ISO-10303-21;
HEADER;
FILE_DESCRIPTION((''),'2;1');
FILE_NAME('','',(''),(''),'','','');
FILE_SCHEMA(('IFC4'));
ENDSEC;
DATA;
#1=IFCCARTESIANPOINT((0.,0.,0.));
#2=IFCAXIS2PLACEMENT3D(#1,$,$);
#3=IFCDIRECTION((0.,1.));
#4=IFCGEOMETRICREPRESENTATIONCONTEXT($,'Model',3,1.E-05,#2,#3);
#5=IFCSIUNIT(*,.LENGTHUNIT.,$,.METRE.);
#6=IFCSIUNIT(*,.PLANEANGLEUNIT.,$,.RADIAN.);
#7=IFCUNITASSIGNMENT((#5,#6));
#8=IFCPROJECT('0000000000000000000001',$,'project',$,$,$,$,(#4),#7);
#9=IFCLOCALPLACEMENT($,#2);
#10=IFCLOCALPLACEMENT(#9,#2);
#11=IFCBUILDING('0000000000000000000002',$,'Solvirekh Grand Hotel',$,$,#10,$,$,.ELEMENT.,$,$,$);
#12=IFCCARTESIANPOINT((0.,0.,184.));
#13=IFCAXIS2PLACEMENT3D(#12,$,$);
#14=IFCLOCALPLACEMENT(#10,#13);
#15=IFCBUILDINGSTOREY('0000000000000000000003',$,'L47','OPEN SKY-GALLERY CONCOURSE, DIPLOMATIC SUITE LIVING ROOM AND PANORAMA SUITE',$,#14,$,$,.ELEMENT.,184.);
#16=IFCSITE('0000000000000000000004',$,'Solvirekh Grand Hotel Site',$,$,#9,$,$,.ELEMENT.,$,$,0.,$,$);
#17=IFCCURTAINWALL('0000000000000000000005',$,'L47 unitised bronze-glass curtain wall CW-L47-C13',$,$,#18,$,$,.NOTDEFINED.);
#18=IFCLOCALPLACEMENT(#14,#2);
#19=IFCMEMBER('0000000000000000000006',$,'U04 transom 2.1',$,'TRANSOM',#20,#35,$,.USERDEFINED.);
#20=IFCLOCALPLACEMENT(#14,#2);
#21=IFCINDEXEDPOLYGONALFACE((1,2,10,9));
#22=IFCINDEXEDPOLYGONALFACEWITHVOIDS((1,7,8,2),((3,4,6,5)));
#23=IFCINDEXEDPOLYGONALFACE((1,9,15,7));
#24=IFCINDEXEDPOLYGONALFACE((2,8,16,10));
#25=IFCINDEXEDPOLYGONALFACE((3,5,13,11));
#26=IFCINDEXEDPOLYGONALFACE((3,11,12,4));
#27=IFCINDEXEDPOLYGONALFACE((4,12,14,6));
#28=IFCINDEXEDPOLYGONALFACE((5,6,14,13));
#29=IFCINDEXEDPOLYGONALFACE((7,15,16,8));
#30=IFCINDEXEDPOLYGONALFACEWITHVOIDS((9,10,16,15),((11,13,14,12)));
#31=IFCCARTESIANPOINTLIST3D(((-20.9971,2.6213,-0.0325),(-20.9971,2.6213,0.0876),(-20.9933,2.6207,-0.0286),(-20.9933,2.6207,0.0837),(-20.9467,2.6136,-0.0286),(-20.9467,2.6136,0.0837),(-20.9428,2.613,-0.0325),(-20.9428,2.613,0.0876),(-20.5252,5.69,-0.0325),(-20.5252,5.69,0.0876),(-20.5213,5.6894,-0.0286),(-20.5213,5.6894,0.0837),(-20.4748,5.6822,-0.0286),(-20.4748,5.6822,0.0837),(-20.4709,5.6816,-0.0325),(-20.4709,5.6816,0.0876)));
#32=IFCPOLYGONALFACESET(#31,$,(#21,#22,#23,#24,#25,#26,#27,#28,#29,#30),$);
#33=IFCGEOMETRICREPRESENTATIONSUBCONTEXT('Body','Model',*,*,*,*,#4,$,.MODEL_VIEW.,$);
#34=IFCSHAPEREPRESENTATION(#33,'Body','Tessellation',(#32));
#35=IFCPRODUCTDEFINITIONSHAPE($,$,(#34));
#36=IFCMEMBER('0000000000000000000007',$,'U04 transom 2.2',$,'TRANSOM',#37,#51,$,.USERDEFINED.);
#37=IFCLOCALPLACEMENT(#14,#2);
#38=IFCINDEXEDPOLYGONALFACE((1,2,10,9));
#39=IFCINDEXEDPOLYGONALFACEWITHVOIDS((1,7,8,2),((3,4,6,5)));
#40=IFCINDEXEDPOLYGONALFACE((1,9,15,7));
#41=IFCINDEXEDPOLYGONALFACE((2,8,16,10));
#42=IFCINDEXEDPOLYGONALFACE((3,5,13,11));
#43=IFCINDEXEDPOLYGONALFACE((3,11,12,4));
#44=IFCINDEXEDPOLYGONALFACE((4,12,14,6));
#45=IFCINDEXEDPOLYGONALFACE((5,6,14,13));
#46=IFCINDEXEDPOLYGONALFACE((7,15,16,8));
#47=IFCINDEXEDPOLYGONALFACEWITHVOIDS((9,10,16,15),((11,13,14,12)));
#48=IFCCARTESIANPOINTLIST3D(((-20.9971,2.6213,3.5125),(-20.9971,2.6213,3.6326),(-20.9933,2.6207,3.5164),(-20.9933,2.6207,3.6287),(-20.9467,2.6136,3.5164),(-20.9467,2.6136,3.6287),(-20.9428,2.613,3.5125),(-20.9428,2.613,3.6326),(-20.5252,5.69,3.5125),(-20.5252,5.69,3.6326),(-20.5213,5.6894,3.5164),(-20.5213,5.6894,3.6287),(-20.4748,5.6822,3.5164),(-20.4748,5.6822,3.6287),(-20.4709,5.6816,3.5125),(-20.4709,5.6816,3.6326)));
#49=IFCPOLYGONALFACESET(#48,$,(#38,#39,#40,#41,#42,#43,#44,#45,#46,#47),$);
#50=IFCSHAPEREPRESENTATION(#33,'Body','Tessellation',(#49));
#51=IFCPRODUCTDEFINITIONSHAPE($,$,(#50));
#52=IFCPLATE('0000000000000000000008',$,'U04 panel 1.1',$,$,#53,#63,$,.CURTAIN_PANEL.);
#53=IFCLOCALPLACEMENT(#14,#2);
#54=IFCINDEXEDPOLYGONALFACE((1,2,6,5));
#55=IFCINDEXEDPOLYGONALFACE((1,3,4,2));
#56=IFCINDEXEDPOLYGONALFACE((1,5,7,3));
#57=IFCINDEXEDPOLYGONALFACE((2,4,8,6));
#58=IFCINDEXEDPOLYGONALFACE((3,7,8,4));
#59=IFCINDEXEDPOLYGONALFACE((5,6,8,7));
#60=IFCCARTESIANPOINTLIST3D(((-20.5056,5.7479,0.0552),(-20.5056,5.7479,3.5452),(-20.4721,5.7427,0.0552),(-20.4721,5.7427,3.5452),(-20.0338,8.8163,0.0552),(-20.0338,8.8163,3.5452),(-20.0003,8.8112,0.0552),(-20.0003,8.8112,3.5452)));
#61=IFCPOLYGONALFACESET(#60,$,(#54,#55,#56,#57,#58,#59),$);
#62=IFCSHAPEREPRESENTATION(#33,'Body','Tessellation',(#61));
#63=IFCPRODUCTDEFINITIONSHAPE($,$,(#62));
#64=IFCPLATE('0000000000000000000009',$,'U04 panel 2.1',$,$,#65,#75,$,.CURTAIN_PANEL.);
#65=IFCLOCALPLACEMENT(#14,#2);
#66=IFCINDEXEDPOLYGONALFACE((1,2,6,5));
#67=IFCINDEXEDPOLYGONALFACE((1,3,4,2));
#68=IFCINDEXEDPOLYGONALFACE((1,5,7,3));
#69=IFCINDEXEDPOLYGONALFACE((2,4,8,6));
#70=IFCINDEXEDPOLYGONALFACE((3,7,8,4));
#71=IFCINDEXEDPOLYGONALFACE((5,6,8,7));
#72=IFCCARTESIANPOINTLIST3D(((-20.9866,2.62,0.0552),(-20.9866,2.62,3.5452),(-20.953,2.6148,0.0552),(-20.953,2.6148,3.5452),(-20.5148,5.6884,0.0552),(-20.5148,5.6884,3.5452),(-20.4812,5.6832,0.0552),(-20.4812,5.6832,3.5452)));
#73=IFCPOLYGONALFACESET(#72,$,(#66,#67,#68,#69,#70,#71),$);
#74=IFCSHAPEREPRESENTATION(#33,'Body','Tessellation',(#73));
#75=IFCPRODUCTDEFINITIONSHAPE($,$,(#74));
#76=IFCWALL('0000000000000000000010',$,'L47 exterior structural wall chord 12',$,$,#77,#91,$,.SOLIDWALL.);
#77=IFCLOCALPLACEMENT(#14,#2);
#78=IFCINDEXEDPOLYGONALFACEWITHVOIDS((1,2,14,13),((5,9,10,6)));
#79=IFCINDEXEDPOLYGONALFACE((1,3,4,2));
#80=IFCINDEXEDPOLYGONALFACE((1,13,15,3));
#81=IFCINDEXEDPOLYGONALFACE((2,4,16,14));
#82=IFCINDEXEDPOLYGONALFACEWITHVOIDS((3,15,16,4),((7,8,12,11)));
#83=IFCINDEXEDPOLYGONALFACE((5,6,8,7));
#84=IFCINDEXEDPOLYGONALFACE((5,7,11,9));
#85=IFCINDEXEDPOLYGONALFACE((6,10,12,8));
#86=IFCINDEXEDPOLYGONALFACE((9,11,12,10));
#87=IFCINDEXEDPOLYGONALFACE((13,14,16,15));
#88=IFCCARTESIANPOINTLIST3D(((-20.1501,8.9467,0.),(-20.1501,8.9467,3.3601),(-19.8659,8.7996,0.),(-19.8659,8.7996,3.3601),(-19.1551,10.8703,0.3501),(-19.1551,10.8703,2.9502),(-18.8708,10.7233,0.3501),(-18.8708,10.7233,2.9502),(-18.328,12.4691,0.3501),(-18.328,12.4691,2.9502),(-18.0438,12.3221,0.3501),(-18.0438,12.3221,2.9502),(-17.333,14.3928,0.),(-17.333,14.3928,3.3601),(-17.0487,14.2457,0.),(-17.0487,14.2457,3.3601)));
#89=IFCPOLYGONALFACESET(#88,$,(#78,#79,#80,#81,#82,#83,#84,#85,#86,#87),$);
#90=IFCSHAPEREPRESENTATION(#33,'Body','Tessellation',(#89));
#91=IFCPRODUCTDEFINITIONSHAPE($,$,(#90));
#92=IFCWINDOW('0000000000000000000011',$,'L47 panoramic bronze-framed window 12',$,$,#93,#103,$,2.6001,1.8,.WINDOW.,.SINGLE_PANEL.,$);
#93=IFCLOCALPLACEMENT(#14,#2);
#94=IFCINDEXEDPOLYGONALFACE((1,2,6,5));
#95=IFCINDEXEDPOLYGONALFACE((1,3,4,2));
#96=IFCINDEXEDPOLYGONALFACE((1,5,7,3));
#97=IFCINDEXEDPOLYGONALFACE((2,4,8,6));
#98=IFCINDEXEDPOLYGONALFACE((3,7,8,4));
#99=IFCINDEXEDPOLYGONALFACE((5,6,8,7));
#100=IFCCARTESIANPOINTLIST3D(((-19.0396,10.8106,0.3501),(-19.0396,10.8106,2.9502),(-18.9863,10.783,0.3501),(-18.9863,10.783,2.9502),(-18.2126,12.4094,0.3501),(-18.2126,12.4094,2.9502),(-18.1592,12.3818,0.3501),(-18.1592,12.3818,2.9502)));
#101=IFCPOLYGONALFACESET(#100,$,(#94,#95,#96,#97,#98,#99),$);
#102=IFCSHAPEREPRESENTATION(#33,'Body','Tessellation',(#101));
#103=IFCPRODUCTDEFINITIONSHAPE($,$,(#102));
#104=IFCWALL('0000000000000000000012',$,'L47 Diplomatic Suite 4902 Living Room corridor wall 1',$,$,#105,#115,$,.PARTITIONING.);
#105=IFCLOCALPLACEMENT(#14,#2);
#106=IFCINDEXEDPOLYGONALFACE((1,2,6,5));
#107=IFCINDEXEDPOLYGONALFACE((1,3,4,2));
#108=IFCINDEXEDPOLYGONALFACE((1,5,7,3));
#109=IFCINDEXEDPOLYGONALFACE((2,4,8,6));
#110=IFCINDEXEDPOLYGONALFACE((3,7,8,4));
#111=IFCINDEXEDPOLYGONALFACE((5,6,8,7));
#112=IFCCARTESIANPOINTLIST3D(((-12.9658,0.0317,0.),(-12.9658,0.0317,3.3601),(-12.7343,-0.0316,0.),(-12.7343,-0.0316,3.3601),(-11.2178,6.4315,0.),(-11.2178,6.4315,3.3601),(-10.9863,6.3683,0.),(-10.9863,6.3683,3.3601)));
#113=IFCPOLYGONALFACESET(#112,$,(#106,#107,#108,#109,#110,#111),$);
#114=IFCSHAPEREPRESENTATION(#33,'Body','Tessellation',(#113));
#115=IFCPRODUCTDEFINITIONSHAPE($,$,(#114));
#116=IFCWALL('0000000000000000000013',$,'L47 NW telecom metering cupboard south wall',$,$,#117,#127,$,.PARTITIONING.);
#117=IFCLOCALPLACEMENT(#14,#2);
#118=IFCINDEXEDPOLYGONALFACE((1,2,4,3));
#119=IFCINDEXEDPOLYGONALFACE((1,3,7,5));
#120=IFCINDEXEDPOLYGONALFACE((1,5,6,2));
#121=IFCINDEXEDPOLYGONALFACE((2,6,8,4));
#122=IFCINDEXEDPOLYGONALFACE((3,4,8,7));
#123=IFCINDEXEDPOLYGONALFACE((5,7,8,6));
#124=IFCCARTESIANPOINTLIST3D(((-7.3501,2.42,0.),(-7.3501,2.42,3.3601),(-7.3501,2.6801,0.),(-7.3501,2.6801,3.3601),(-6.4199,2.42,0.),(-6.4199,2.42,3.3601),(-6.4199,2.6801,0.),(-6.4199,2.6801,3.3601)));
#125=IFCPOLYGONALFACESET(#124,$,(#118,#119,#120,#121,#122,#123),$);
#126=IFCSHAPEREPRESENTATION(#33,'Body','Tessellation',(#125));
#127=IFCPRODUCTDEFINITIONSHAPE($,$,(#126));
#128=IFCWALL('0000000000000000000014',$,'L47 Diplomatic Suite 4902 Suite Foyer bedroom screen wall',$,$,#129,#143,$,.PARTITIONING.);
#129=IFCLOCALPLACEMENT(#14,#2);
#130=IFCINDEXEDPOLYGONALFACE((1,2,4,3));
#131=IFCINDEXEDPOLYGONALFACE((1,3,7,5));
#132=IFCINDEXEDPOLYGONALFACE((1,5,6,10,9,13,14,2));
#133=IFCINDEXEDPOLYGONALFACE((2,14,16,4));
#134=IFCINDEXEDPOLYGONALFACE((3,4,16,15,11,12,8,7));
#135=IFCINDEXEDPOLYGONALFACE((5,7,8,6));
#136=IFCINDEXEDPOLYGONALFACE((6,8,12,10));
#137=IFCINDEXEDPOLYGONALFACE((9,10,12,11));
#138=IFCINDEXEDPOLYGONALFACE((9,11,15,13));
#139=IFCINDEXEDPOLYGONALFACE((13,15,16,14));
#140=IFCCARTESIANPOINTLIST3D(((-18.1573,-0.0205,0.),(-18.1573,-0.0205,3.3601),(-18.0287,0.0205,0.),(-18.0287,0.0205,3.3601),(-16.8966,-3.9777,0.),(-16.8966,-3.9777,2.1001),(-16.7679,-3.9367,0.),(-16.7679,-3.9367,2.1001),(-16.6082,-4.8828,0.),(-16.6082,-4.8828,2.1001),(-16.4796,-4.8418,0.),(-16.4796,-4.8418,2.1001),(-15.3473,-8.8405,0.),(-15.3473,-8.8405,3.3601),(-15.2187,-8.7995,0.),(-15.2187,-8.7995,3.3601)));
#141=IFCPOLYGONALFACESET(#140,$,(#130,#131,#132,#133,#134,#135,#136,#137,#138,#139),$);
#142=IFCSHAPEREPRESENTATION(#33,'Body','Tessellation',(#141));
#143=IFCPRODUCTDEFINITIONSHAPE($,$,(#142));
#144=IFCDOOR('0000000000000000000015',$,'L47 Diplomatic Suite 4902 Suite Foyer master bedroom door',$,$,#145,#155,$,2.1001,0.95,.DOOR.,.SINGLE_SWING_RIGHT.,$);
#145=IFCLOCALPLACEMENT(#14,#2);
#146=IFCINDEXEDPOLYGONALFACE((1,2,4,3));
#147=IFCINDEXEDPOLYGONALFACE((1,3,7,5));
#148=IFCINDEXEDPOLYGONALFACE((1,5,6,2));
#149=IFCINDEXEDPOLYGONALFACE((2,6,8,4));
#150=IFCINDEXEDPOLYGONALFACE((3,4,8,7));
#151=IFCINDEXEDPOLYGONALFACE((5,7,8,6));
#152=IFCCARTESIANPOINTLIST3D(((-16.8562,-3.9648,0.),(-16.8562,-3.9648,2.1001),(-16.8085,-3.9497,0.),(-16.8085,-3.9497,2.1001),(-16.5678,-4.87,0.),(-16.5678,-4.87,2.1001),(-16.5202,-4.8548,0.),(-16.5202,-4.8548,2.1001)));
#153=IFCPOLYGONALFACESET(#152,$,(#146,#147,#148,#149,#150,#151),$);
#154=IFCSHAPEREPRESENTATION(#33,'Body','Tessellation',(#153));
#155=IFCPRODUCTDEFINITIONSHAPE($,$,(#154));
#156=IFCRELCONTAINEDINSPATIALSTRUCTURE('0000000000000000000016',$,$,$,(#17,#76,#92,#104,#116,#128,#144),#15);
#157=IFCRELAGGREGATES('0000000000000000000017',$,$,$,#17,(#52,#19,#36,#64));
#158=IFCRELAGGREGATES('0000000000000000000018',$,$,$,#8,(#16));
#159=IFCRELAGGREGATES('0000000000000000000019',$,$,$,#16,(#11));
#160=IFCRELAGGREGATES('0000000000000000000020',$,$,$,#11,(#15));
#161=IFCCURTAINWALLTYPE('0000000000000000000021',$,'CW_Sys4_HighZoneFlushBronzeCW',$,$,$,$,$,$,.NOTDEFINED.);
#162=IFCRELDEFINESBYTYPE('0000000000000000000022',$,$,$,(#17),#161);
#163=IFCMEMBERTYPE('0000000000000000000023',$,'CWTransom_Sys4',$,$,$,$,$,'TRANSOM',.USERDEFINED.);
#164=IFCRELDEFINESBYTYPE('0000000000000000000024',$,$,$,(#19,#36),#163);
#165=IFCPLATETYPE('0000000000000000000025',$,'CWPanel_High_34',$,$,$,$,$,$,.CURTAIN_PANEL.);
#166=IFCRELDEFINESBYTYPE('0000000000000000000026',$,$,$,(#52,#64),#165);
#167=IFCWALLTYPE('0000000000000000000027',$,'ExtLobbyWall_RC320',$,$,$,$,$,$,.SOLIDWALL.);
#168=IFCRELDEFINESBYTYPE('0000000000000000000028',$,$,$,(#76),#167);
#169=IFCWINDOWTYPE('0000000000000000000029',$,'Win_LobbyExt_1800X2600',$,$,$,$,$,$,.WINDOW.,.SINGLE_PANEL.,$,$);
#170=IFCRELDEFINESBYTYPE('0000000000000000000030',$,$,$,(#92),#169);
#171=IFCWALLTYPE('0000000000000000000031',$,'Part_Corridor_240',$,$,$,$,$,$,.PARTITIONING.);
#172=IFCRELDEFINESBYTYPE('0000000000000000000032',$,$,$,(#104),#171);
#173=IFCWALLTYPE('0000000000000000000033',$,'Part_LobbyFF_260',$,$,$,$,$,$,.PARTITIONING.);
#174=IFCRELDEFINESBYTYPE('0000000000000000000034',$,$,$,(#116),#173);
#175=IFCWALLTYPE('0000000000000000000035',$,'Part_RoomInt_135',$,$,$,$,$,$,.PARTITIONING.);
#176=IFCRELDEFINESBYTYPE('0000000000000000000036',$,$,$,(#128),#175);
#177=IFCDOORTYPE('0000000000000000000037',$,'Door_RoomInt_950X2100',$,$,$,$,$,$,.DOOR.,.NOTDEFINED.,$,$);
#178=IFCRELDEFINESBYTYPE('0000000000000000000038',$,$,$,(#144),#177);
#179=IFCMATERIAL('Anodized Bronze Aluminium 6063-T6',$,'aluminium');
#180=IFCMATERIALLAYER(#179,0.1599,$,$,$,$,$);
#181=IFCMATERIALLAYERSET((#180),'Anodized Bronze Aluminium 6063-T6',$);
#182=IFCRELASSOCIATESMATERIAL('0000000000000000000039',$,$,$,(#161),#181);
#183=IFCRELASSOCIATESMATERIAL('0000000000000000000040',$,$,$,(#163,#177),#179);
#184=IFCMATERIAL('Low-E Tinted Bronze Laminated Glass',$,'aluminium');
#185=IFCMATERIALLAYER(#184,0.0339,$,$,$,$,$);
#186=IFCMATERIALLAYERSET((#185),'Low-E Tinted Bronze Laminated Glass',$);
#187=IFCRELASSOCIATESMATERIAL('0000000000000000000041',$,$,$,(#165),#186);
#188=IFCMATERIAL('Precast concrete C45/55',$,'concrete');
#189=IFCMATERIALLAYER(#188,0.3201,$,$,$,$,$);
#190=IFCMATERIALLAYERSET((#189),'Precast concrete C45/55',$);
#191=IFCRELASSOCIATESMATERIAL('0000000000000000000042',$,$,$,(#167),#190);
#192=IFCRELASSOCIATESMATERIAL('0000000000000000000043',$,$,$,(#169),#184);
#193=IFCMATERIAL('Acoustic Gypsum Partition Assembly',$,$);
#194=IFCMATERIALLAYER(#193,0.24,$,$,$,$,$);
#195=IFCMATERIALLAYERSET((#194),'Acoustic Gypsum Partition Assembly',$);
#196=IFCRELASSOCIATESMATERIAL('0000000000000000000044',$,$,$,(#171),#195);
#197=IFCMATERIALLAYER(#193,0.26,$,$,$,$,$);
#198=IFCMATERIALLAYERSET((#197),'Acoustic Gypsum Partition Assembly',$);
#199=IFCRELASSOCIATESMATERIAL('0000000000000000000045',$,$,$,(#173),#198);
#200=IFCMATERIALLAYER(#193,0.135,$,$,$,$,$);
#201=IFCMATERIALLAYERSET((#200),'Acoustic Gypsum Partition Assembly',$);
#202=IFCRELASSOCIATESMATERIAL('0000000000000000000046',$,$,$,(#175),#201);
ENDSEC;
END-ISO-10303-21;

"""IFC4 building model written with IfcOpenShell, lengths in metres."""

from ifc_helpers import new_model, si_unit, direction, frame, frame_2d, origin, origin_2d, place, context, subcontext, project, spatial, rectangle, hollow_rectangle, extrude, source, transform, mapped, material, layer, layer_set, material_profile, profile_set, type_object, element, fill, aggregate, save


model = new_model("IFC4")

# Units and contexts
model_context = context("Model", 3, precision=1e-05, world=origin(), true_north=direction((0.0, 1.0)))
body_context = subcontext(model_context, "Body", "Model", "MODEL_VIEW")
ifc_project = project(units=[si_unit("LENGTHUNIT", "METRE"), si_unit("PLANEANGLEUNIT", "RADIAN")], contexts=[model_context])

# Site, building, storey
site_placement = place(None, origin())
site = spatial("IfcSite", under=ifc_project, at=site_placement, Name="Solvirekh Grand Hotel Site", CompositionType="ELEMENT", RefElevation=0.0)
building_placement = place(site_placement, origin())
building = spatial("IfcBuilding", under=site, at=building_placement, Name="Solvirekh Grand Hotel", CompositionType="ELEMENT")
storey_placement = place(building_placement, frame((0.0, 0.0, 184.0)))
storey = spatial("IfcBuildingStorey", under=building, at=storey_placement, Name="L47", Description="OPEN SKY-GALLERY CONCOURSE, DIPLOMATIC SUITE LIVING ROOM AND PANORAMA SUITE", CompositionType="ELEMENT", Elevation=184.0)

# Curtain wall, members, plates
ifc_material_1 = material(Name="Anodized Bronze Aluminium 6063-T6", Category="aluminium")
ifc_layer_1 = layer(ifc_material_1, 0.1599)
ifc_layer_set_1 = layer_set([ifc_layer_1], Name="Anodized Bronze Aluminium 6063-T6")
curtain_wall_type = type_object("IfcCurtainWallType", Name="CW_Sys4_HighZoneFlushBronzeCW", PredefinedType="NOTDEFINED", material=ifc_layer_set_1)
curtain_wall_placement = place(storey_placement, origin())
curtain_wall = element("IfcCurtainWall", 1, at=curtain_wall_placement, inside=storey, type_object=curtain_wall_type, Name="L47 unitised bronze-glass curtain wall CW-L47-C13", PredefinedType="NOTDEFINED")
ifc_material_profile_1 = material_profile(ifc_material_1, hollow_rectangle(XDim=0.0549, YDim=0.1201, WallThickness=0.0039, at=origin_2d()), Name="ALU RHS 120X55X4")
ifc_profile_set_1 = profile_set([ifc_material_profile_1], Name="Anodized Bronze Aluminium 6063-T6")
member_type_1 = type_object("IfcMemberType", Name="CWTransom_Sys4", ElementType="TRANSOM", PredefinedType="USERDEFINED", material=ifc_profile_set_1)
shared_shape_1 = source(origin(), body_context, "Body", "SweptSolid", [
    extrude(hollow_rectangle(XDim=0.0549, YDim=0.1201, WallThickness=0.0039, at=origin_2d()), origin(), (0.0, 0.0, 1.0), 3.1047),
])
member_1_placement = place(storey_placement, frame((-20.498, 5.6858, 0.0276), z_axis=(-0.152004, -0.98838, 0.0), x_axis=(0.98838, -0.152004, 0.0)))
member_1 = element("IfcMember", 2, at=member_1_placement, type_object=member_type_1, Name="U04 transom 2.1", ObjectType="TRANSOM", PredefinedType="USERDEFINED", context=body_context, shape_type="MappedRepresentation", body=[
    mapped(shared_shape_1, transform((0.0, 0.0, 0.0), x_axis=(1.0, 0.0, 0.0), y_axis=(0.0, 1.0, 0.0), z_axis=(0.0, 0.0, 1.0), scale=1.0)),
])
member_2_placement = place(storey_placement, frame((-20.498, 5.6858, 3.5725), z_axis=(-0.152004, -0.98838, 0.0), x_axis=(0.98838, -0.152004, 0.0)))
member_2 = element("IfcMember", 3, at=member_2_placement, type_object=member_type_1, Name="U04 transom 2.2", ObjectType="TRANSOM", PredefinedType="USERDEFINED", context=body_context, shape_type="MappedRepresentation", body=[
    mapped(shared_shape_1, transform((0.0, 0.0, 0.0), x_axis=(1.0, 0.0, 0.0), y_axis=(0.0, 1.0, 0.0), z_axis=(0.0, 0.0, 1.0), scale=1.0)),
])
ifc_material_2 = material(Name="Low-E Tinted Bronze Laminated Glass", Category="aluminium")
ifc_layer_2 = layer(ifc_material_2, 0.0339)
ifc_layer_set_2 = layer_set([ifc_layer_2], Name="Low-E Tinted Bronze Laminated Glass")
plate_type = type_object("IfcPlateType", Name="CWPanel_High_34", PredefinedType="CURTAIN_PANEL", material=ifc_layer_set_2)
shared_shape_2 = source(origin(), body_context, "Body", "SweptSolid", [
    extrude(rectangle(XDim=3.1045, YDim=0.0339, at=origin_2d()), origin(), (0.0, 0.0, 1.0), 3.49),
])
plate_1_placement = place(storey_placement, frame((-20.2529, 7.2795, 0.0552), z_axis=(0.0, 0.0, 1.0), x_axis=(-0.151975, -0.988384, 0.0)))
plate_1 = element("IfcPlate", 4, at=plate_1_placement, type_object=plate_type, Name="U04 panel 1.1", PredefinedType="CURTAIN_PANEL", context=body_context, shape_type="MappedRepresentation", body=[
    mapped(shared_shape_2, transform((0.0, 0.0, 0.0), x_axis=(1.0, 0.0, 0.0), y_axis=(0.0, 1.0, 0.0), z_axis=(0.0, 0.0, 1.0), scale=1.0)),
])
plate_2_placement = place(storey_placement, frame((-20.7339, 4.1516, 0.0552), z_axis=(0.0, 0.0, 1.0), x_axis=(-0.151975, -0.988384, 0.0)))
plate_2 = element("IfcPlate", 5, at=plate_2_placement, type_object=plate_type, Name="U04 panel 2.1", PredefinedType="CURTAIN_PANEL", context=body_context, shape_type="MappedRepresentation", body=[
    mapped(shared_shape_2, transform((0.0, 0.0, 0.0), x_axis=(1.0, 0.0, 0.0), y_axis=(0.0, 1.0, 0.0), z_axis=(0.0, 0.0, 1.0), scale=1.0)),
])
aggregate(curtain_wall, [plate_1, member_1, member_2, plate_2])

# Wall, opening, window
ifc_material_3 = material(Name="Precast concrete C45/55", Category="concrete")
ifc_layer_3 = layer(ifc_material_3, 0.3201)
ifc_layer_set_3 = layer_set([ifc_layer_3], Name="Precast concrete C45/55")
wall_type_1 = type_object("IfcWallType", Name="ExtLobbyWall_RC320", PredefinedType="SOLIDWALL", material=ifc_layer_set_3)
wall_1_placement = place(storey_placement, frame((-20.0081, 8.873, 0.0), z_axis=(0.0, 0.0, 1.0), x_axis=(0.459451, 0.888203, 0.0)))
wall_1 = element("IfcWall", 6, at=wall_1_placement, inside=storey, type_object=wall_type_1, Name="L47 exterior structural wall chord 12", PredefinedType="SOLIDWALL", context=body_context, shape_type="SweptSolid", body=[
    extrude(rectangle(XDim=6.1316, YDim=0.3201, at=frame_2d((3.0659, 0.0))), origin(), (0.0, 0.0, 1.0), 3.3601),
])
opening_1_placement = place(wall_1_placement, frame((2.166, 0.0, 0.3501)))
opening_1 = element("IfcOpeningElement", 7, at=opening_1_placement, cuts=wall_1, PredefinedType="OPENING", context=body_context, shape_type="SweptSolid", body=[
    extrude(rectangle(XDim=1.8, YDim=2.6001, at=frame_2d((0.8999, 1.3))), frame((0.0, 0.1699, 0.0), z_axis=(0.0, -1.0, 0.0), x_axis=(1.0, 0.0, 0.0)), (0.0, 0.0, 1.0), 0.3401),
])
window_type = type_object("IfcWindowType", Name="Win_LobbyExt_1800X2600", PartitioningType="SINGLE_PANEL", PredefinedType="WINDOW", material=ifc_material_2)
window_placement = place(opening_1_placement, origin())
window = element("IfcWindow", 8, at=window_placement, inside=storey, type_object=window_type, Name="L47 panoramic bronze-framed window 12", OverallHeight=2.6001, OverallWidth=1.8, PartitioningType="SINGLE_PANEL", PredefinedType="WINDOW", context=body_context, shape_type="SweptSolid", body=[
    extrude(rectangle(XDim=1.8, YDim=2.6001, at=frame_2d((0.8999, 1.3))), frame((0.0, 0.03, 0.0), z_axis=(0.0, -1.0, 0.0), x_axis=(1.0, 0.0, 0.0)), (0.0, 0.0, 1.0), 0.0601),
])
fill(opening_1, window)

# Walls
ifc_material_4 = material(Name="Acoustic Gypsum Partition Assembly")
ifc_layer_4 = layer(ifc_material_4, 0.24)
ifc_layer_set_4 = layer_set([ifc_layer_4], Name="Acoustic Gypsum Partition Assembly")
wall_type_2 = type_object("IfcWallType", Name="Part_Corridor_240", PredefinedType="PARTITIONING", material=ifc_layer_set_4)
wall_2_placement = place(storey_placement, frame((-11.1021, 6.3999, 0.0), z_axis=(0.0, 0.0, 1.0), x_axis=(-0.263485, -0.964664, 0.0)))
element("IfcWall", 9, at=wall_2_placement, inside=storey, type_object=wall_type_2, Name="L47 Diplomatic Suite 4902 Living Room corridor wall 1", PredefinedType="PARTITIONING", context=body_context, shape_type="SweptSolid", body=[
    extrude(rectangle(XDim=6.6343, YDim=0.24, at=frame_2d((3.3171, 0.0))), origin(), (0.0, 0.0, 1.0), 3.3601),
])
ifc_layer_5 = layer(ifc_material_4, 0.26)
ifc_layer_set_5 = layer_set([ifc_layer_5], Name="Acoustic Gypsum Partition Assembly")
wall_type_3 = type_object("IfcWallType", Name="Part_LobbyFF_260", PredefinedType="PARTITIONING", material=ifc_layer_set_5)
wall_3_placement = place(storey_placement, frame((-7.3501, 2.55, 0.0), z_axis=(0.0, 0.0, 1.0), x_axis=(1.0, 0.0, 0.0)))
element("IfcWall", 10, at=wall_3_placement, inside=storey, type_object=wall_type_3, Name="L47 NW telecom metering cupboard south wall", PredefinedType="PARTITIONING", context=body_context, shape_type="SweptSolid", body=[
    extrude(rectangle(XDim=0.9302, YDim=0.26, at=frame_2d((0.4651, 0.0))), origin(), (0.0, 0.0, 1.0), 3.3601),
])

# Wall, opening, door
ifc_layer_6 = layer(ifc_material_4, 0.135)
ifc_layer_set_6 = layer_set([ifc_layer_6], Name="Acoustic Gypsum Partition Assembly")
wall_type_4 = type_object("IfcWallType", Name="Part_RoomInt_135", PredefinedType="PARTITIONING", material=ifc_layer_set_6)
wall_4_placement = place(storey_placement, frame((-18.093, 0.0, 0.0), z_axis=(0.0, 0.0, 1.0), x_axis=(0.303564, -0.952811, 0.0)))
wall_4 = element("IfcWall", 11, at=wall_4_placement, inside=storey, type_object=wall_type_4, Name="L47 Diplomatic Suite 4902 Suite Foyer bedroom screen wall", PredefinedType="PARTITIONING", context=body_context, shape_type="SweptSolid", body=[
    extrude(rectangle(XDim=9.2568, YDim=0.135, at=frame_2d((4.6284, 0.0))), origin(), (0.0, 0.0, 1.0), 3.3601),
])
opening_2_placement = place(wall_4_placement, frame((4.1531, 0.0, 0.0)))
opening_2 = element("IfcOpeningElement", 12, at=opening_2_placement, cuts=wall_4, PredefinedType="OPENING", context=body_context, shape_type="SweptSolid", body=[
    extrude(rectangle(XDim=0.95, YDim=2.1001, at=frame_2d((0.4751, 1.05))), frame((0.0, 0.0776, 0.0), z_axis=(0.0, -1.0, 0.0), x_axis=(1.0, 0.0, 0.0)), (0.0, 0.0, 1.0), 0.155),
])
door_type = type_object("IfcDoorType", Name="Door_RoomInt_950X2100", OperationType="NOTDEFINED", PredefinedType="DOOR", material=ifc_material_1)
door_placement = place(opening_2_placement, origin())
door = element("IfcDoor", 13, at=door_placement, inside=storey, type_object=door_type, Name="L47 Diplomatic Suite 4902 Suite Foyer master bedroom door", OperationType="SINGLE_SWING_RIGHT", OverallHeight=2.1001, OverallWidth=0.95, PredefinedType="DOOR", context=body_context, shape_type="SweptSolid", body=[
    extrude(rectangle(XDim=0.95, YDim=2.1001, at=frame_2d((0.4751, 1.05))), frame((0.0, 0.0249, 0.0), z_axis=(0.0, -1.0, 0.0), x_axis=(1.0, 0.0, 0.0)), (0.0, 0.0, 1.0), 0.05),
])
fill(opening_2, door)

save(model, "model.ifc")
